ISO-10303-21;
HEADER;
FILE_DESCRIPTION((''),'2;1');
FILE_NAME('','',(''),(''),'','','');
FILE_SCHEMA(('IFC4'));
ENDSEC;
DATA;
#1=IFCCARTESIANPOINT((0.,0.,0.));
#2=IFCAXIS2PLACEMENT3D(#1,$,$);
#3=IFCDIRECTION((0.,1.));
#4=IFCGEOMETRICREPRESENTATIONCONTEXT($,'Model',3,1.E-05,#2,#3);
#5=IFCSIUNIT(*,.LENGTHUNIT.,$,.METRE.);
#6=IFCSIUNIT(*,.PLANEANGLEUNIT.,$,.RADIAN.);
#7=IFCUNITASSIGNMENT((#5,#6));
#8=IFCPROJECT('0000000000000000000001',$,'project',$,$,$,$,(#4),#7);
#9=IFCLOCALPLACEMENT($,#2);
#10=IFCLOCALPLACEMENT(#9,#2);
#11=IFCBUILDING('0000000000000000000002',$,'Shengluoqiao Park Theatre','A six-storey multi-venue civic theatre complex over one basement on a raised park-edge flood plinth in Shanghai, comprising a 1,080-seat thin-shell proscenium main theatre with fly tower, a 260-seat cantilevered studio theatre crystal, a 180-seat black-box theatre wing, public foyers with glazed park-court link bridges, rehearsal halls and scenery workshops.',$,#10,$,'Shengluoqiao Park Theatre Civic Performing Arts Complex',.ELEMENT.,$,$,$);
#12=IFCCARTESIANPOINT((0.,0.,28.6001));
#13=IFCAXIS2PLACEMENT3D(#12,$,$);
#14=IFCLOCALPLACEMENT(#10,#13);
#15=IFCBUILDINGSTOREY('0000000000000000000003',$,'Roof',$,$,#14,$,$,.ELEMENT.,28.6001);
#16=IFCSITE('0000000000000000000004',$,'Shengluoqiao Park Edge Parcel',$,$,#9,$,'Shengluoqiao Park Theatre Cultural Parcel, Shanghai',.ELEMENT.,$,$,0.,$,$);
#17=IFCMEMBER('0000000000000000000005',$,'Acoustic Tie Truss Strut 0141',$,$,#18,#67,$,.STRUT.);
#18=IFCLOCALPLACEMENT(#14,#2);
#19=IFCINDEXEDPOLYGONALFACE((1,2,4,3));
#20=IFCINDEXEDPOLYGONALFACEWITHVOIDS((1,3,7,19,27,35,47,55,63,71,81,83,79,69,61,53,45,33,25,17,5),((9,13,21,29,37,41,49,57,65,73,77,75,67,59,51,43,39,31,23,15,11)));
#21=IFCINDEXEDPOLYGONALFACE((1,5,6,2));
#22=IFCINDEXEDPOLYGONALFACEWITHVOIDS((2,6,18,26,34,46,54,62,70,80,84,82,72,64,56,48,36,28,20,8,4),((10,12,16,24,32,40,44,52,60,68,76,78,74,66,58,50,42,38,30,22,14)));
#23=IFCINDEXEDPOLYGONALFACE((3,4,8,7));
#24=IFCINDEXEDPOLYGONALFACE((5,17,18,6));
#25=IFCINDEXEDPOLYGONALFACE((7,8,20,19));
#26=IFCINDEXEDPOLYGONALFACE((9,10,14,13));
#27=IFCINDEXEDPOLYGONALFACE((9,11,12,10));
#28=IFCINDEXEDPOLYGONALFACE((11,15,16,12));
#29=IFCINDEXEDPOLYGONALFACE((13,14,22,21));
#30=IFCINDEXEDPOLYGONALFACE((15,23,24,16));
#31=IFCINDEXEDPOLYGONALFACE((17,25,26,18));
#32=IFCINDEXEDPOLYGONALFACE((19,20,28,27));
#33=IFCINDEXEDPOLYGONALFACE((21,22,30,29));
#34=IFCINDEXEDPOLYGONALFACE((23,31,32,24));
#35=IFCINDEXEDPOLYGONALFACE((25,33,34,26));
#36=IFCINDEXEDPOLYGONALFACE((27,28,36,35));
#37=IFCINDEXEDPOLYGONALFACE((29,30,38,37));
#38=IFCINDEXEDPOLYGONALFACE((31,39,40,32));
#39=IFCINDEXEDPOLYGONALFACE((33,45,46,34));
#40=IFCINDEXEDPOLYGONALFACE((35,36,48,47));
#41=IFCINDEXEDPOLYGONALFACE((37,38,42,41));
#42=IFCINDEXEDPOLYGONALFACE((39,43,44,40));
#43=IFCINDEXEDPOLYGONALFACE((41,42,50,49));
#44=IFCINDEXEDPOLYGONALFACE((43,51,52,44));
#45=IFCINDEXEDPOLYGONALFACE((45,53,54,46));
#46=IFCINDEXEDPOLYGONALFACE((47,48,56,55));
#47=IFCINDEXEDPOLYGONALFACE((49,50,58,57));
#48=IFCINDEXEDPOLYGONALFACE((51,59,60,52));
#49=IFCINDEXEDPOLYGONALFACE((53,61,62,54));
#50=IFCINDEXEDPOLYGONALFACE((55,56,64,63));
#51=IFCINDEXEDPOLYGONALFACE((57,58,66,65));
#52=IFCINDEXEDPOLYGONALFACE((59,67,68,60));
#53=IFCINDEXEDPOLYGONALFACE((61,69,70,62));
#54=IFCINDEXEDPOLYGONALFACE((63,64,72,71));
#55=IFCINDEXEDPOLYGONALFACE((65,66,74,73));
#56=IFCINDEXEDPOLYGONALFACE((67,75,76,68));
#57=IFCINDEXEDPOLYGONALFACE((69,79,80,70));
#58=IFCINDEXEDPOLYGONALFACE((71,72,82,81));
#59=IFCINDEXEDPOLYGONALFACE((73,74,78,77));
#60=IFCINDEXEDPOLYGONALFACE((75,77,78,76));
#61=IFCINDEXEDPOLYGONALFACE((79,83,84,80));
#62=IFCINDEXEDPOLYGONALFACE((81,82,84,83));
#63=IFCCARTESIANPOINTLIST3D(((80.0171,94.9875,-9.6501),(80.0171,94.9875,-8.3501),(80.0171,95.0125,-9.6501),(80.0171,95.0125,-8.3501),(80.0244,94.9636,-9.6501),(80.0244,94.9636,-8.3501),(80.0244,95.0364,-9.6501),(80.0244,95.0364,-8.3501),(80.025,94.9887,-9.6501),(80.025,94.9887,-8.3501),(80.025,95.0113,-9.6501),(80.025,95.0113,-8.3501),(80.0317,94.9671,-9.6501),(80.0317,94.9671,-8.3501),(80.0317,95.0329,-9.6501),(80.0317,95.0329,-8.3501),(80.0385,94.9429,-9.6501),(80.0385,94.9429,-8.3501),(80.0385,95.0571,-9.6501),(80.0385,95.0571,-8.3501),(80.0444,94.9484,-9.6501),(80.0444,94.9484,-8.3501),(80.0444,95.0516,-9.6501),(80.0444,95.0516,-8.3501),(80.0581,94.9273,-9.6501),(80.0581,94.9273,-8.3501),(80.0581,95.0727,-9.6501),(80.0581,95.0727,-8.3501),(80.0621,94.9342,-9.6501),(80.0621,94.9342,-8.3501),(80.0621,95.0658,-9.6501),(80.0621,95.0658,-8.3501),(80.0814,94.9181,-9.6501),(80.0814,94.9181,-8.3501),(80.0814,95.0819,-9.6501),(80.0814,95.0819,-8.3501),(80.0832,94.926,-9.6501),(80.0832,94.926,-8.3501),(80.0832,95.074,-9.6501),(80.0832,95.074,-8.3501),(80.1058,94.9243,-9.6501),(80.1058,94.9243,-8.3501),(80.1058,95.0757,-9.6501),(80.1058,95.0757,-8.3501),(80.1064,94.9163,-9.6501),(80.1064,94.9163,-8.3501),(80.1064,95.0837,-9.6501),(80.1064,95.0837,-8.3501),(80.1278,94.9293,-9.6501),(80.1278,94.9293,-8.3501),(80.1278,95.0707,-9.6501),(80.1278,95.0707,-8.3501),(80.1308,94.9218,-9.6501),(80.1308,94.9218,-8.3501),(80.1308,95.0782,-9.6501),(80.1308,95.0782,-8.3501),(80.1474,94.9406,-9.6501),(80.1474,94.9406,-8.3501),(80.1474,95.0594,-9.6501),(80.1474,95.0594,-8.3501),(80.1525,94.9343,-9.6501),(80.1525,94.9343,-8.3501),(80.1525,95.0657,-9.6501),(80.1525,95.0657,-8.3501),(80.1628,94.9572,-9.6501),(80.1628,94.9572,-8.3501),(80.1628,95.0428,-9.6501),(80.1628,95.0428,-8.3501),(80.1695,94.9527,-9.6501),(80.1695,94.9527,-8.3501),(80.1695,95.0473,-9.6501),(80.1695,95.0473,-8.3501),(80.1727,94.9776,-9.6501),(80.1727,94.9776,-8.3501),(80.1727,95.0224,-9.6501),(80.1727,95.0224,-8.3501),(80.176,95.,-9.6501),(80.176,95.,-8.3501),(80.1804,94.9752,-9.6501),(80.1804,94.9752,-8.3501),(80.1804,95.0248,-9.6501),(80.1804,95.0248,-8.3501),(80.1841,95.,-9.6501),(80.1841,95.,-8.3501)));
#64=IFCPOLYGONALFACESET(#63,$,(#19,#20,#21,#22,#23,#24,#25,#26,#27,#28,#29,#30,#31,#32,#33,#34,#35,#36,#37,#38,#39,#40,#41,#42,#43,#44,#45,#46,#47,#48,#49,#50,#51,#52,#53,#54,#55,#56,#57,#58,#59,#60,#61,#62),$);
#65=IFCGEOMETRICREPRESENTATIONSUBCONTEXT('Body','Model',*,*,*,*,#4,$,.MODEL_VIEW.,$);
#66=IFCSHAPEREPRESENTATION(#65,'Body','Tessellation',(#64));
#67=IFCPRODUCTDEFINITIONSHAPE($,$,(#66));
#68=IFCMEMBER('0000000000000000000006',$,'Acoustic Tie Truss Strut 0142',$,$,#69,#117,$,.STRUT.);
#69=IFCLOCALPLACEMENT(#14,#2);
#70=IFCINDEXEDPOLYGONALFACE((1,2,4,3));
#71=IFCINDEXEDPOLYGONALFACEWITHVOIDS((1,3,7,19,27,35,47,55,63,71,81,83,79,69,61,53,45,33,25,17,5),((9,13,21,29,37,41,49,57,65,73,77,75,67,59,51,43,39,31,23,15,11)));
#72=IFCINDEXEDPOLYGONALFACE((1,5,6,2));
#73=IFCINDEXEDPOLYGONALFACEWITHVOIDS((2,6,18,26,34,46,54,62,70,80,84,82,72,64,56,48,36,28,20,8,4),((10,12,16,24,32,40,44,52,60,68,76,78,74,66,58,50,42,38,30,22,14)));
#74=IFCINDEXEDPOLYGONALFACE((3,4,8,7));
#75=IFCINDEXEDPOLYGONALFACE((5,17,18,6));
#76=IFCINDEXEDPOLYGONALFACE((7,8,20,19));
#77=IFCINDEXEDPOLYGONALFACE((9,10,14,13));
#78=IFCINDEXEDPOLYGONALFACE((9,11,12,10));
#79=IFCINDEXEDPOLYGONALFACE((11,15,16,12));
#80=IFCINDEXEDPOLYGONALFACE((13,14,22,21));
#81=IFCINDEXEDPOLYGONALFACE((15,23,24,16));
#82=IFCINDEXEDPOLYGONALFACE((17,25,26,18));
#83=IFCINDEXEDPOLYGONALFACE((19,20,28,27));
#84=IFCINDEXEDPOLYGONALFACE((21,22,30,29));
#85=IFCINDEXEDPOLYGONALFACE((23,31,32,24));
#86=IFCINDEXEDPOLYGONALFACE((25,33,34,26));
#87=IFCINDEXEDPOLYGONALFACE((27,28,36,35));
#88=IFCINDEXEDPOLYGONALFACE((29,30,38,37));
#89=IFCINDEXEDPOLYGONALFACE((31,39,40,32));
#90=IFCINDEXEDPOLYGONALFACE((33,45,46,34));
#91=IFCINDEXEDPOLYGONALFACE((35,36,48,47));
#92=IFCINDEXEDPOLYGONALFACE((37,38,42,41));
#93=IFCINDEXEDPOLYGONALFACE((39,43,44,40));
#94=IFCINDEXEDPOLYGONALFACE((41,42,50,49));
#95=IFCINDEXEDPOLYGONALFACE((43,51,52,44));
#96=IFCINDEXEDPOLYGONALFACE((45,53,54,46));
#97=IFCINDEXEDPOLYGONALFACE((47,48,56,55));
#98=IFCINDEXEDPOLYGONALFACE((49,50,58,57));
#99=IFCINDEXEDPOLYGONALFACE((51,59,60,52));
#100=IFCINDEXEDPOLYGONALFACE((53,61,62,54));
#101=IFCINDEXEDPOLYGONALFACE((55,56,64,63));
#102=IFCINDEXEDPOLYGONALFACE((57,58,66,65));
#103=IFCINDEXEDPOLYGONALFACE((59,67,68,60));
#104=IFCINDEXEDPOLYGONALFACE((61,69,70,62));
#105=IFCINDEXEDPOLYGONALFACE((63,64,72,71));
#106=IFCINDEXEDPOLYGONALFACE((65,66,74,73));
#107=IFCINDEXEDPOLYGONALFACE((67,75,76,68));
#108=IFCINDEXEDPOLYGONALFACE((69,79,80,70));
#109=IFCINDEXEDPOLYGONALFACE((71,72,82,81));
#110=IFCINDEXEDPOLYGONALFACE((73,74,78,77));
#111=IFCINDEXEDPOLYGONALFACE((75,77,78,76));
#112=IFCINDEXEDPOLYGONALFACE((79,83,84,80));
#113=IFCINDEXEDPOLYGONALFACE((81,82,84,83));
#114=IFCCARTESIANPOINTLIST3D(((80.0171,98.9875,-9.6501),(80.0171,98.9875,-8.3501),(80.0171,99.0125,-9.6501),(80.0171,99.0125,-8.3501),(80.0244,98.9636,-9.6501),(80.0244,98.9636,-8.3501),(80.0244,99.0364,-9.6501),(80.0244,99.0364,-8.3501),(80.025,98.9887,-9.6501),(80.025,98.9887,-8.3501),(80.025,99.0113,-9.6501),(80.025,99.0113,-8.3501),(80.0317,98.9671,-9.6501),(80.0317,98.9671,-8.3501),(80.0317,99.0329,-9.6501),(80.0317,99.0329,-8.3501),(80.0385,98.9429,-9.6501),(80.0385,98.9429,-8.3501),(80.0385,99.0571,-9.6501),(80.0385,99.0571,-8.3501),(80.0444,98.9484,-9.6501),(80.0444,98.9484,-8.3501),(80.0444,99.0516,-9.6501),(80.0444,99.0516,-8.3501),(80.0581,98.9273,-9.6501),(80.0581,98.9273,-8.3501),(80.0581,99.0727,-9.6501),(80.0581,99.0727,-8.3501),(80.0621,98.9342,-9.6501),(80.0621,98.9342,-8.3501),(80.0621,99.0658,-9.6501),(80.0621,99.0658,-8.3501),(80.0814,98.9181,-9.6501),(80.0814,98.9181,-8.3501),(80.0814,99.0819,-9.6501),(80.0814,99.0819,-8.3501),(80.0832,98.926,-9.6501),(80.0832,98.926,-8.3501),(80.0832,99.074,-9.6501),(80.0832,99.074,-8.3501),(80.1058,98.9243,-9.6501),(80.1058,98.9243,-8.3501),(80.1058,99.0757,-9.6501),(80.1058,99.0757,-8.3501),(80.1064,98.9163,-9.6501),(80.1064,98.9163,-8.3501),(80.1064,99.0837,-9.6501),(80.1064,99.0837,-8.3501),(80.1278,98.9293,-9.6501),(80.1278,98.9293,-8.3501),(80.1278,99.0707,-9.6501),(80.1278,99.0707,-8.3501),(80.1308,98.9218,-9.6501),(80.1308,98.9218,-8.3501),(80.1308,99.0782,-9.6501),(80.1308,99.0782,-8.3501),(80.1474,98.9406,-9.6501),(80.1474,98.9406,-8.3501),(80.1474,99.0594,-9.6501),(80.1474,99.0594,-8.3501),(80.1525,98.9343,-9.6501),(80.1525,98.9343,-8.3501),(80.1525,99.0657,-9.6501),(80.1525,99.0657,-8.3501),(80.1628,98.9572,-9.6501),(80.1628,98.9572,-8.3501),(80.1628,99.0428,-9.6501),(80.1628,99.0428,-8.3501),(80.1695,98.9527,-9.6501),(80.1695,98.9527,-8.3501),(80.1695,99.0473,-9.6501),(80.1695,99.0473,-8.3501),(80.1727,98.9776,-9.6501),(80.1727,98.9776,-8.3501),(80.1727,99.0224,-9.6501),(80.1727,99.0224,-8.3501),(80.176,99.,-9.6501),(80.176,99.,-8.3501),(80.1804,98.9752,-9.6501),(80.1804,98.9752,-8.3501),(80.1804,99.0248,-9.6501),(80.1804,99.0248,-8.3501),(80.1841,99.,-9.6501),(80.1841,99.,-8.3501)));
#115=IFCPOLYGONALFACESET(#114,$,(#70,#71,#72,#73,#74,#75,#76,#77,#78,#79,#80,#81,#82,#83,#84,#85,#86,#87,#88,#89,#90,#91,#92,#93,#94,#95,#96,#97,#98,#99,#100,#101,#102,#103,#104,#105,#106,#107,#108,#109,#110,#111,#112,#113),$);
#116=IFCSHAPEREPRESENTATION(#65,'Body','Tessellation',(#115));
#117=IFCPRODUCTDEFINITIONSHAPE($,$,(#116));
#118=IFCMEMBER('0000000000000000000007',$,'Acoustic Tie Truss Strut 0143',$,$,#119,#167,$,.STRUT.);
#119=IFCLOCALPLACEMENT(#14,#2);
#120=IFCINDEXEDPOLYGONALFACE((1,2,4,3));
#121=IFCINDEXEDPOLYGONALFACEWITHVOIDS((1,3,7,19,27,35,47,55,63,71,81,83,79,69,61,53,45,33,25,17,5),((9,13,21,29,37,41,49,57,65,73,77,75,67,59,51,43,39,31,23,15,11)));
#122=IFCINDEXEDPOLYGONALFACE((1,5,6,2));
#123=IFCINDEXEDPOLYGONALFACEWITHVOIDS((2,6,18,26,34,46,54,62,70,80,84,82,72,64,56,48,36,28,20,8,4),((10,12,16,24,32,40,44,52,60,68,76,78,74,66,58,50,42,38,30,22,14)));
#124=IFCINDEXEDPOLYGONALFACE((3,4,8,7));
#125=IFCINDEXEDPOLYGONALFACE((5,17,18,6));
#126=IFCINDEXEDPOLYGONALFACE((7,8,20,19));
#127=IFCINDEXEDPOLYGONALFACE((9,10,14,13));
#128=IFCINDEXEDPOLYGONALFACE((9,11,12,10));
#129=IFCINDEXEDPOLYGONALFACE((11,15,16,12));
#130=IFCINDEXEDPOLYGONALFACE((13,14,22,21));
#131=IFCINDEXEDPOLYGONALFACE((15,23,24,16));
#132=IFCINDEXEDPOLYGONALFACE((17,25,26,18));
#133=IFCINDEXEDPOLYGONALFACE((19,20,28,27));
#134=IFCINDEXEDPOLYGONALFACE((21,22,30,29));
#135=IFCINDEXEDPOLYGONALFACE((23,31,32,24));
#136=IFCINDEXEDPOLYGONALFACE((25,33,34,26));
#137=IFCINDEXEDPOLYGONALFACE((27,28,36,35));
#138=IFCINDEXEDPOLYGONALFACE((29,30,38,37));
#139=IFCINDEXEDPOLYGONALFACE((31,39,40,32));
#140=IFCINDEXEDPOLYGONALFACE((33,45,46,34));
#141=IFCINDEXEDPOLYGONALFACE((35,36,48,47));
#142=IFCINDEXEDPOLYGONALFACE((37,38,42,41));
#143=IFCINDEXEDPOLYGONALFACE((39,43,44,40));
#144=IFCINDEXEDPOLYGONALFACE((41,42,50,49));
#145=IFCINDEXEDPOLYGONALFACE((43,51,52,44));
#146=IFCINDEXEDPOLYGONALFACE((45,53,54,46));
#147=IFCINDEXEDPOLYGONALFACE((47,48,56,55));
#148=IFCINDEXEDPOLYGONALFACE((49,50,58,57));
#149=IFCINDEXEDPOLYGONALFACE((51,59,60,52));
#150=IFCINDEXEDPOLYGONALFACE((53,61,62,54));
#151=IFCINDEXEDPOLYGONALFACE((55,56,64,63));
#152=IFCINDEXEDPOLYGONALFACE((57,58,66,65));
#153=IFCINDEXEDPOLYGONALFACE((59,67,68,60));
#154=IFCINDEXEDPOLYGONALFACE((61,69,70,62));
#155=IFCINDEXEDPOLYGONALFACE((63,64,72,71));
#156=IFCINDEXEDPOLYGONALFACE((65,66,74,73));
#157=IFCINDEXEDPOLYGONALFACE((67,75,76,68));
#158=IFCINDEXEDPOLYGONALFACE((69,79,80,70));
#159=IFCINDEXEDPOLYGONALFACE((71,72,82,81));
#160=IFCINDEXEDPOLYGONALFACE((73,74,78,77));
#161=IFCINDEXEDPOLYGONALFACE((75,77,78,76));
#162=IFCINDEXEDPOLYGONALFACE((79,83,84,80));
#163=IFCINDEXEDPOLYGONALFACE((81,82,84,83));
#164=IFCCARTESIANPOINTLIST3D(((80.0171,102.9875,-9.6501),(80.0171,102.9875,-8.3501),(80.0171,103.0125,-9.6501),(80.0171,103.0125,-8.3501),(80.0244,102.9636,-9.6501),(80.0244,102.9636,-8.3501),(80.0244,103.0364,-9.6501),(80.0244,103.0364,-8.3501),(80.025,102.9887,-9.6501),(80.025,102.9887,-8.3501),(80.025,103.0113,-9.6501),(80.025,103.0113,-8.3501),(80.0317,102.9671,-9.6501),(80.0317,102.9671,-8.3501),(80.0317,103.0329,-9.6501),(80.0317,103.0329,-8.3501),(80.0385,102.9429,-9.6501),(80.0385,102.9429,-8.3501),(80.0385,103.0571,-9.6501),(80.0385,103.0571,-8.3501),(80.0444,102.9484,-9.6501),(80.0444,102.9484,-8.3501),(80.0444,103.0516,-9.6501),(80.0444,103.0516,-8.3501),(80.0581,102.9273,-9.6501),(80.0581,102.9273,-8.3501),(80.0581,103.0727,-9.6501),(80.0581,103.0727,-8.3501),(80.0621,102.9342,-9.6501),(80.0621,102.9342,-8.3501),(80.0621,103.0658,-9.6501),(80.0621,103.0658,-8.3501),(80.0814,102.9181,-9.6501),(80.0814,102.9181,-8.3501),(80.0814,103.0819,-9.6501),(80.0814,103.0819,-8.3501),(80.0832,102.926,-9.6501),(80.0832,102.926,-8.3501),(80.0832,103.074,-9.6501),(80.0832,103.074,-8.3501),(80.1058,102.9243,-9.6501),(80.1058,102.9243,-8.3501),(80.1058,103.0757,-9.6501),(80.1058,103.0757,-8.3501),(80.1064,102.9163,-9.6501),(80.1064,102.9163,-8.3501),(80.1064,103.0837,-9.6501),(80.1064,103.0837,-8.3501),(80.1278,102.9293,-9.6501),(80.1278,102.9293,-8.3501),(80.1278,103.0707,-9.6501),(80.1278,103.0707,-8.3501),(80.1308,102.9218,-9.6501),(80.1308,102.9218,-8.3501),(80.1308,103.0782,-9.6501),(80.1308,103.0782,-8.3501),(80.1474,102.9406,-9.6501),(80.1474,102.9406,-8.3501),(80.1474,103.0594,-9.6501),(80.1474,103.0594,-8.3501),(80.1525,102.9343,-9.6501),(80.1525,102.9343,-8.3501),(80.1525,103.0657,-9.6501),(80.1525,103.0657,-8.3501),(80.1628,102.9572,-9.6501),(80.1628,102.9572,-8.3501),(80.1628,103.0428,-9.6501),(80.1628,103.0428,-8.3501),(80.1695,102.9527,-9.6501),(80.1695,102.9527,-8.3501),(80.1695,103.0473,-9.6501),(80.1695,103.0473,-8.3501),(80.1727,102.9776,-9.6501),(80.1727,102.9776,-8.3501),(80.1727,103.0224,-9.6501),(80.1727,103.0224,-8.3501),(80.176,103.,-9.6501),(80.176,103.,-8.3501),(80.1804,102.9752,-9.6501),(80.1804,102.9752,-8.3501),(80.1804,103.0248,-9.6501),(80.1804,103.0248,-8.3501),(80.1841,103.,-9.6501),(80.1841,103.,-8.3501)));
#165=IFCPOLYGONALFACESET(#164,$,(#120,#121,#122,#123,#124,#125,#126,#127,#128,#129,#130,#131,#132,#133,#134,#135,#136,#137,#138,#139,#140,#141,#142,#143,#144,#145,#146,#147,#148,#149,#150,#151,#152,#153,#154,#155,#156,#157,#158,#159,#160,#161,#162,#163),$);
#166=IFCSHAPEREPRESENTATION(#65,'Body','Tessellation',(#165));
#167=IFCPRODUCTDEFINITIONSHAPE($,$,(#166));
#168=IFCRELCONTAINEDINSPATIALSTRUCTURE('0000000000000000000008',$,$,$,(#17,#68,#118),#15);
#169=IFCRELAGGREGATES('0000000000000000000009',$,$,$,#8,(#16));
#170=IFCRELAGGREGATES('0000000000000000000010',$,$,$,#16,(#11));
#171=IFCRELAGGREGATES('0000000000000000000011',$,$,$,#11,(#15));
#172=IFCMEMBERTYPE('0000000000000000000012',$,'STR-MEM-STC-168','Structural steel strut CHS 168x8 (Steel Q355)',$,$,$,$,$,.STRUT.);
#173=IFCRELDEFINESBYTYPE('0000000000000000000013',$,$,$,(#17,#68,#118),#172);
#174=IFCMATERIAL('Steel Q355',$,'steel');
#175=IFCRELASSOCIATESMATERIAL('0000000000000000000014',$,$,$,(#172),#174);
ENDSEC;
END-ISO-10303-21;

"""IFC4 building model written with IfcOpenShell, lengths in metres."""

from ifc_helpers import new_model, si_unit, direction, frame, origin, origin_2d, place, context, subcontext, project, spatial, hollow_circle, extrude, material, material_profile, profile_set, type_object, element, save


model = new_model("IFC4")

# Units and contexts
model_context = context("Model", 3, precision=1e-05, world=origin(), true_north=direction((0.0, 1.0)))
body_context = subcontext(model_context, "Body", "Model", "MODEL_VIEW")
ifc_project = project(units=[si_unit("LENGTHUNIT", "METRE"), si_unit("PLANEANGLEUNIT", "RADIAN")], contexts=[model_context])

# Site, building, storey
site_placement = place(None, origin())
site = spatial("IfcSite", under=ifc_project, at=site_placement, Name="Shengluoqiao Park Edge Parcel", LongName="Shengluoqiao Park Theatre Cultural Parcel, Shanghai", CompositionType="ELEMENT", RefElevation=0.0)
building_placement = place(site_placement, origin())
building = spatial("IfcBuilding", under=site, at=building_placement, Name="Shengluoqiao Park Theatre", Description="A six-storey multi-venue civic theatre complex over one basement on a raised park-edge flood plinth in Shanghai, comprising a 1,080-seat thin-shell proscenium main theatre with fly tower, a 260-seat cantilevered studio theatre crystal, a 180-seat black-box theatre wing, public foyers with glazed park-court link bridges, rehearsal halls and scenery workshops.", LongName="Shengluoqiao Park Theatre Civic Performing Arts Complex", CompositionType="ELEMENT")
storey_placement = place(building_placement, frame((0.0, 0.0, 28.6001)))
storey = spatial("IfcBuildingStorey", under=building, at=storey_placement, Name="Roof", CompositionType="ELEMENT", Elevation=28.6001)

# Shared definitions
ifc_material = material(Name="Steel Q355", Category="steel")

# Members
ifc_material_profile_1 = material_profile(ifc_material, hollow_circle(Radius=0.084, WallThickness=0.0081, at=origin_2d()), Name="CHS 168x8")
ifc_profile_set_1 = profile_set([ifc_material_profile_1], Name="Steel Q355")
member_type_1 = type_object("IfcMemberType", Name="STR-MEM-STC-168", Description="Structural steel strut CHS 168x8 (Steel Q355)", PredefinedType="STRUT", material=ifc_profile_set_1)
for number, where, z_axis, x_axis, name in (
    (1, (80.1001, 95.0, -9.6501), (0.0, 0.0, 1.0), (1.0, 0.0, 0.0), "Acoustic Tie Truss Strut 0141"),
    (2, (80.1001, 99.0, -9.6501), (0.0, 0.0, 1.0), (1.0, 0.0, 0.0), "Acoustic Tie Truss Strut 0142"),
    (3, (80.1001, 103.0, -9.6501), (0.0, 0.0, 1.0), (1.0, 0.0, 0.0), "Acoustic Tie Truss Strut 0143"),
):
    element("IfcMember", number, at=place(storey_placement, frame(where, z_axis=z_axis, x_axis=x_axis)), inside=storey, type_object=member_type_1, Name=name, PredefinedType="STRUT", context=body_context, shape_type="SweptSolid", body=[
        extrude(hollow_circle(Radius=0.084, WallThickness=0.0081, at=origin_2d()), origin(), (0.0, 0.0, 1.0), 1.3),
    ])

save(model, "model.ifc")
